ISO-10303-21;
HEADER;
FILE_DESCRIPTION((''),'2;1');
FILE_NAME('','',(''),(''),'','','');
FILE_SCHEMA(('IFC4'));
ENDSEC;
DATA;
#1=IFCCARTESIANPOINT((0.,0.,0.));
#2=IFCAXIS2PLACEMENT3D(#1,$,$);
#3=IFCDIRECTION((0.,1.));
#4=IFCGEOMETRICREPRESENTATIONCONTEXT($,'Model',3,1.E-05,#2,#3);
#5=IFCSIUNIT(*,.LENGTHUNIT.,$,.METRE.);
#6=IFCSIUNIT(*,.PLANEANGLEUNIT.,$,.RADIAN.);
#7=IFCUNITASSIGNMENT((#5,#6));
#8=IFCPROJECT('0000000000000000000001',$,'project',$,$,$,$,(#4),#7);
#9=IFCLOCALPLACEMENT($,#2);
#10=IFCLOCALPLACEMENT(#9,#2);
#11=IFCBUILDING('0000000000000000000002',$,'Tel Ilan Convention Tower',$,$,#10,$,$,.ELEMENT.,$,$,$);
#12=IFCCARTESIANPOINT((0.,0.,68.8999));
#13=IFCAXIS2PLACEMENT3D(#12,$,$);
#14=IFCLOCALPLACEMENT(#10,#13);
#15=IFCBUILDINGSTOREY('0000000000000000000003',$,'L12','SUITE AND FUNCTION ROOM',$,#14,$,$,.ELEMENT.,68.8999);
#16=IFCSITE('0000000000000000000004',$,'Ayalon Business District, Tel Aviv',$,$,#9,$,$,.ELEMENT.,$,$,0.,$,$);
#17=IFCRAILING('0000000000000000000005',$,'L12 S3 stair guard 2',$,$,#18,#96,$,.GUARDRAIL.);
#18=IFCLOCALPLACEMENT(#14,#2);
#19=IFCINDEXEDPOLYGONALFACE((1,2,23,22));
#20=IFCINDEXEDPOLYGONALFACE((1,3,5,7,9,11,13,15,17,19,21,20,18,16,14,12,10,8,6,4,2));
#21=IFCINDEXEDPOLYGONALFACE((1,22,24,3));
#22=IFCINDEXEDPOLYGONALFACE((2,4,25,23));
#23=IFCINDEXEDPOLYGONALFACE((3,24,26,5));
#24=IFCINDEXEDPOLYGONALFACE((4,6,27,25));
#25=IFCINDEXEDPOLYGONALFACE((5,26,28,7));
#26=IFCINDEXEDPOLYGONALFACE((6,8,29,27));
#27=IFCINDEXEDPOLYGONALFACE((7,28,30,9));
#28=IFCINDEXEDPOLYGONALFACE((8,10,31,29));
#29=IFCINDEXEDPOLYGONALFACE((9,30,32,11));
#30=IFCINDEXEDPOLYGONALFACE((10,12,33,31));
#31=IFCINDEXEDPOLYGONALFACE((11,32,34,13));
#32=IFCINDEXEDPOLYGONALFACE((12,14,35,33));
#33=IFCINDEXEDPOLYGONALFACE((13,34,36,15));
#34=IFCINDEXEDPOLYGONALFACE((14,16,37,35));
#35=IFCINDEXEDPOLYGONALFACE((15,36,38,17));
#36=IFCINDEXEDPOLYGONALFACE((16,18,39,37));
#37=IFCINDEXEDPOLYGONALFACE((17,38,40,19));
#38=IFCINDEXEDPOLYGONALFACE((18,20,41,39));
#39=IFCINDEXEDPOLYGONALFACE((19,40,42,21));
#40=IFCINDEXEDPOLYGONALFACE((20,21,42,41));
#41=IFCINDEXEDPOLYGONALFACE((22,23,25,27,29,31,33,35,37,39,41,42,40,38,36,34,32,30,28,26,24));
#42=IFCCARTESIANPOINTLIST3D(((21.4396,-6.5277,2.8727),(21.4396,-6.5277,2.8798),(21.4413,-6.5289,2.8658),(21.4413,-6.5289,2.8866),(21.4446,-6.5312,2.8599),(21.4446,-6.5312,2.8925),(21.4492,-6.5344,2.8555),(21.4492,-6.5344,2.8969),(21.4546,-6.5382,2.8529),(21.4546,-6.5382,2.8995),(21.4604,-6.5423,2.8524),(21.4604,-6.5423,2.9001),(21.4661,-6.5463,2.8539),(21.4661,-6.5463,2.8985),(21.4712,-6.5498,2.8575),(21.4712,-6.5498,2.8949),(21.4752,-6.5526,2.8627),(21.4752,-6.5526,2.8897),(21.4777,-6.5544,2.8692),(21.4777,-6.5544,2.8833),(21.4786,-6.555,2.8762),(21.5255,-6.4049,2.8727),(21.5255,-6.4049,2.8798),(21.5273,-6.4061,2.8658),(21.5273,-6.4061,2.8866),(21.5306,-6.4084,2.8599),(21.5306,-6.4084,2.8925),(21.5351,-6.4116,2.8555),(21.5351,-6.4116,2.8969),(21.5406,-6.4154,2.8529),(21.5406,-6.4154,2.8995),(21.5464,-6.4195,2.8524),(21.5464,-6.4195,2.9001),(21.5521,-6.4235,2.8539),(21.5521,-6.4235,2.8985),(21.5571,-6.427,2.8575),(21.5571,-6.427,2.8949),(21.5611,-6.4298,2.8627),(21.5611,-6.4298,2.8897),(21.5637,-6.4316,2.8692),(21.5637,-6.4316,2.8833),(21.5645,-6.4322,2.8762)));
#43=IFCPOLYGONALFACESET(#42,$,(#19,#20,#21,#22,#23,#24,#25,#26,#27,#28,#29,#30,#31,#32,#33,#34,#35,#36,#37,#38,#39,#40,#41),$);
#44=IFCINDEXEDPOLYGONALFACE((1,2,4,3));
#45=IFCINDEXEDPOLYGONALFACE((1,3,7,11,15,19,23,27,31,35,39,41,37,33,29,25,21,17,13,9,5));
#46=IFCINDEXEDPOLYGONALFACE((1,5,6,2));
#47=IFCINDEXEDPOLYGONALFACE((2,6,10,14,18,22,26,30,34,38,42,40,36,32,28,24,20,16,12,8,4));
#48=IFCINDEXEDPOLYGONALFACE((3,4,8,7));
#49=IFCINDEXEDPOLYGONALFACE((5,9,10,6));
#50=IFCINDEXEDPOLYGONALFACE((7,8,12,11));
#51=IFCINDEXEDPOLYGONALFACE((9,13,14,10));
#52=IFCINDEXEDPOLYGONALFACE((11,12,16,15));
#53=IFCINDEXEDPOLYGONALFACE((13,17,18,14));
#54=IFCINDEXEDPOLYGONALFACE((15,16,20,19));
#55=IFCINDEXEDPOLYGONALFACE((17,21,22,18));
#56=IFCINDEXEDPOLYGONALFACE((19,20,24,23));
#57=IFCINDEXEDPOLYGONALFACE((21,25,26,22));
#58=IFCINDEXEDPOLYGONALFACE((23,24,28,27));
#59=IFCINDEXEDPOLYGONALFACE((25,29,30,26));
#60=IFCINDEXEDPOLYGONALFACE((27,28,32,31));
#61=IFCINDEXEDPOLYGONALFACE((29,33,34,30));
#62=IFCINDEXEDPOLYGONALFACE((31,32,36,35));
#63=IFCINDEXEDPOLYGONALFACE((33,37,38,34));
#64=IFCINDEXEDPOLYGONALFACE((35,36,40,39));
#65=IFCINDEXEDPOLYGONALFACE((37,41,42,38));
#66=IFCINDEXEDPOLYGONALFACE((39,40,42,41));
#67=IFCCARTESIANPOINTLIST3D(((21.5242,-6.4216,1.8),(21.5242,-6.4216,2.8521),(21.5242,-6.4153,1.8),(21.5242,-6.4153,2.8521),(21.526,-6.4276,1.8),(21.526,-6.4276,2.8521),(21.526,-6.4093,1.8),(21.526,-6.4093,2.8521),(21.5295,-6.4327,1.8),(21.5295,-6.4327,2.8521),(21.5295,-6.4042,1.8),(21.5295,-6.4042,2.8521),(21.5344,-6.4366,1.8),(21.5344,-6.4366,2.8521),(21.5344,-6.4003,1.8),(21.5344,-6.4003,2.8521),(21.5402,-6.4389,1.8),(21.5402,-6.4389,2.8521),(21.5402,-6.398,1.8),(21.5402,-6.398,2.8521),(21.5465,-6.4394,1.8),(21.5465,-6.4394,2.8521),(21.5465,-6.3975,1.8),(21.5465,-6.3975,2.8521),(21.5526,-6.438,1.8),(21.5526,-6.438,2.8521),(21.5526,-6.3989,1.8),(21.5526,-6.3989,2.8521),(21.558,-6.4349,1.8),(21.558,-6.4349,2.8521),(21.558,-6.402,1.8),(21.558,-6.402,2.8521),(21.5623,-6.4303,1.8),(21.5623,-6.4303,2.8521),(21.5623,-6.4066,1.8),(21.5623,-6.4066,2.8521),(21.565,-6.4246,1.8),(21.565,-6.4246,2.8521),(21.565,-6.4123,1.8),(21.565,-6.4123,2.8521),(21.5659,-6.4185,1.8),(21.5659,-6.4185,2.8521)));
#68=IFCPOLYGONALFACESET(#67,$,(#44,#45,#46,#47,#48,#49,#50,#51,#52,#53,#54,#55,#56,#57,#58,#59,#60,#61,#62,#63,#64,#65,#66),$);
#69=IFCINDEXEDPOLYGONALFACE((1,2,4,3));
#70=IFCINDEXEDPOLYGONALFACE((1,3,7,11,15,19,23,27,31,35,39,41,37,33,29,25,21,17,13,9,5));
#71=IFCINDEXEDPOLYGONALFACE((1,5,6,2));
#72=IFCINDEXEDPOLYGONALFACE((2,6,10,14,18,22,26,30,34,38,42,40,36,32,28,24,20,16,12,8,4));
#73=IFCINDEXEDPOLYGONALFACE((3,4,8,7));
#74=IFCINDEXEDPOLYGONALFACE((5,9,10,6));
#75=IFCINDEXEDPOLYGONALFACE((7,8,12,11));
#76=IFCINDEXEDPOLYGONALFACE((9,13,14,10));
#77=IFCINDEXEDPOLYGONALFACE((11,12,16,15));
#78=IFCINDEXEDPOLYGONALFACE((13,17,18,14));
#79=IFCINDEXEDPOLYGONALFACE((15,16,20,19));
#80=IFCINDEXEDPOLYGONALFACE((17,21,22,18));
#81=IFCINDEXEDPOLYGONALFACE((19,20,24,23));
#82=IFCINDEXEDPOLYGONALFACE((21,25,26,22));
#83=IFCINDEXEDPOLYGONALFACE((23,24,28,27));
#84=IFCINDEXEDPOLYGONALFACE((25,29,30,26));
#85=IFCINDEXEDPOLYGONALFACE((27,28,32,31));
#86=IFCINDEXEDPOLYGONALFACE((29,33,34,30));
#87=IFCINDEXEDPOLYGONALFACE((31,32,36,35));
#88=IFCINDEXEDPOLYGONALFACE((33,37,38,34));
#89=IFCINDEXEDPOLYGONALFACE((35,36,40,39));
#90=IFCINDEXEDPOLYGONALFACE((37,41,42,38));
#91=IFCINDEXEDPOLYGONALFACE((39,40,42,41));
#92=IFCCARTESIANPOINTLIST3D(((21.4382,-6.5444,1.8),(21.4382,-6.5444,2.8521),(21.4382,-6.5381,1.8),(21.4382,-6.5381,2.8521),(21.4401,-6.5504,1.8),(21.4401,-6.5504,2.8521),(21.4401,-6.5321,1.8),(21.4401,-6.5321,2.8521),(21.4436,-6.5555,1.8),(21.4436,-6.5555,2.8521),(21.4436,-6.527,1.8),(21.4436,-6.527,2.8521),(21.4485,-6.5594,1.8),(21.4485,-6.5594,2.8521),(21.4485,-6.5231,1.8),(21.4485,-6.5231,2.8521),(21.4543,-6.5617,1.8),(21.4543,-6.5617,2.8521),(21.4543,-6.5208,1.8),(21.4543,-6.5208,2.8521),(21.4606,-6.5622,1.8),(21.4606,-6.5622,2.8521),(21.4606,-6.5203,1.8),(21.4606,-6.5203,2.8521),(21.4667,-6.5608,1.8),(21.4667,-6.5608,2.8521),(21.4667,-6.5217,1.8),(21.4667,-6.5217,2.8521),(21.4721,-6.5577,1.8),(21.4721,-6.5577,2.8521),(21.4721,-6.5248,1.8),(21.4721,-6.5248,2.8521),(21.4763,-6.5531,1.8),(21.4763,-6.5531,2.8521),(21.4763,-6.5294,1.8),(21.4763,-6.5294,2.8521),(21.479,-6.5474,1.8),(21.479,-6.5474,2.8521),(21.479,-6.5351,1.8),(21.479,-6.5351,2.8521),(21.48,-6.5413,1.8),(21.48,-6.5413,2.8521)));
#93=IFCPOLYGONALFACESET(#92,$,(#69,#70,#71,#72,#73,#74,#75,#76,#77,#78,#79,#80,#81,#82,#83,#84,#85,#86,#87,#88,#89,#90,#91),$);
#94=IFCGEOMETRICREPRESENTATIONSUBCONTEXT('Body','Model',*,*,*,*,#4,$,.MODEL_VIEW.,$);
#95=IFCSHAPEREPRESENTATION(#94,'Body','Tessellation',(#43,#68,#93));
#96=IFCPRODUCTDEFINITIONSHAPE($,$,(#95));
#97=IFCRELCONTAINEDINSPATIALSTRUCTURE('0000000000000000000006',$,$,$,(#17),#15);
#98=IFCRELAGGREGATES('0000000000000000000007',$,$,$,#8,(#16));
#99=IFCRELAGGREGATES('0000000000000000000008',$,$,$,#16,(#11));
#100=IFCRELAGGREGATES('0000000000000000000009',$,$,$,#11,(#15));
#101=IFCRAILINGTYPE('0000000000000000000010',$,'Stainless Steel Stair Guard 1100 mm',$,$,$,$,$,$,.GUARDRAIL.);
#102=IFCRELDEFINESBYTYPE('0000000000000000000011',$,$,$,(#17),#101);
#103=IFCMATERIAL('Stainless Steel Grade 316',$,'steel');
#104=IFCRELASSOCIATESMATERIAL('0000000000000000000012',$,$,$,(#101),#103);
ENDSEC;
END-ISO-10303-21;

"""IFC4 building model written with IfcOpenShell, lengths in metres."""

from ifc_helpers import new_model, si_unit, direction, frame, origin, origin_2d, place, context, subcontext, project, spatial, circle, extrude, material, type_object, element, save


model = new_model("IFC4")

# Units and contexts
model_context = context("Model", 3, precision=1e-05, world=origin(), true_north=direction((0.0, 1.0)))
body_context = subcontext(model_context, "Body", "Model", "MODEL_VIEW")
ifc_project = project(units=[si_unit("LENGTHUNIT", "METRE"), si_unit("PLANEANGLEUNIT", "RADIAN")], contexts=[model_context])

# Site, building, storey
site_placement = place(None, origin())
site = spatial("IfcSite", under=ifc_project, at=site_placement, Name="Ayalon Business District, Tel Aviv", CompositionType="ELEMENT", RefElevation=0.0)
building_placement = place(site_placement, origin())
building = spatial("IfcBuilding", under=site, at=building_placement, Name="Tel Ilan Convention Tower", CompositionType="ELEMENT")
storey_placement = place(building_placement, frame((0.0, 0.0, 68.8999)))
storey = spatial("IfcBuildingStorey", under=building, at=storey_placement, Name="L12", Description="SUITE AND FUNCTION ROOM", CompositionType="ELEMENT", Elevation=68.8999)

# Railing
ifc_material_1 = material(Name="Stainless Steel Grade 316", Category="steel")
railing_type_1 = type_object("IfcRailingType", Name="Stainless Steel Stair Guard 1100 mm", PredefinedType="GUARDRAIL", material=ifc_material_1)
railing_1_placement = place(storey_placement, frame((21.5449, -6.4185, 1.8)))
element("IfcRailing", 1, at=railing_1_placement, inside=storey, type_object=railing_type_1, Name="L12 S3 stair guard 2", PredefinedType="GUARDRAIL", context=body_context, shape_type="SweptSolid", body=[
    extrude(circle(Radius=0.0239, at=origin_2d()), frame((0.0, 0.0, 1.0762), z_axis=(-0.573353, -0.819308, 0.0), x_axis=(0.819308, -0.573353, 0.0)), (0.0, 0.0, 1.0), 0.1499),
    extrude(circle(Radius=0.021, at=origin_2d()), origin(), (0.0, 0.0, 1.0), 1.052),
    extrude(circle(Radius=0.021, at=origin_2d()), frame((-0.0859, -0.1228, 0.0)), (0.0, 0.0, 1.0), 1.052),
])

save(model, "model.ifc")
